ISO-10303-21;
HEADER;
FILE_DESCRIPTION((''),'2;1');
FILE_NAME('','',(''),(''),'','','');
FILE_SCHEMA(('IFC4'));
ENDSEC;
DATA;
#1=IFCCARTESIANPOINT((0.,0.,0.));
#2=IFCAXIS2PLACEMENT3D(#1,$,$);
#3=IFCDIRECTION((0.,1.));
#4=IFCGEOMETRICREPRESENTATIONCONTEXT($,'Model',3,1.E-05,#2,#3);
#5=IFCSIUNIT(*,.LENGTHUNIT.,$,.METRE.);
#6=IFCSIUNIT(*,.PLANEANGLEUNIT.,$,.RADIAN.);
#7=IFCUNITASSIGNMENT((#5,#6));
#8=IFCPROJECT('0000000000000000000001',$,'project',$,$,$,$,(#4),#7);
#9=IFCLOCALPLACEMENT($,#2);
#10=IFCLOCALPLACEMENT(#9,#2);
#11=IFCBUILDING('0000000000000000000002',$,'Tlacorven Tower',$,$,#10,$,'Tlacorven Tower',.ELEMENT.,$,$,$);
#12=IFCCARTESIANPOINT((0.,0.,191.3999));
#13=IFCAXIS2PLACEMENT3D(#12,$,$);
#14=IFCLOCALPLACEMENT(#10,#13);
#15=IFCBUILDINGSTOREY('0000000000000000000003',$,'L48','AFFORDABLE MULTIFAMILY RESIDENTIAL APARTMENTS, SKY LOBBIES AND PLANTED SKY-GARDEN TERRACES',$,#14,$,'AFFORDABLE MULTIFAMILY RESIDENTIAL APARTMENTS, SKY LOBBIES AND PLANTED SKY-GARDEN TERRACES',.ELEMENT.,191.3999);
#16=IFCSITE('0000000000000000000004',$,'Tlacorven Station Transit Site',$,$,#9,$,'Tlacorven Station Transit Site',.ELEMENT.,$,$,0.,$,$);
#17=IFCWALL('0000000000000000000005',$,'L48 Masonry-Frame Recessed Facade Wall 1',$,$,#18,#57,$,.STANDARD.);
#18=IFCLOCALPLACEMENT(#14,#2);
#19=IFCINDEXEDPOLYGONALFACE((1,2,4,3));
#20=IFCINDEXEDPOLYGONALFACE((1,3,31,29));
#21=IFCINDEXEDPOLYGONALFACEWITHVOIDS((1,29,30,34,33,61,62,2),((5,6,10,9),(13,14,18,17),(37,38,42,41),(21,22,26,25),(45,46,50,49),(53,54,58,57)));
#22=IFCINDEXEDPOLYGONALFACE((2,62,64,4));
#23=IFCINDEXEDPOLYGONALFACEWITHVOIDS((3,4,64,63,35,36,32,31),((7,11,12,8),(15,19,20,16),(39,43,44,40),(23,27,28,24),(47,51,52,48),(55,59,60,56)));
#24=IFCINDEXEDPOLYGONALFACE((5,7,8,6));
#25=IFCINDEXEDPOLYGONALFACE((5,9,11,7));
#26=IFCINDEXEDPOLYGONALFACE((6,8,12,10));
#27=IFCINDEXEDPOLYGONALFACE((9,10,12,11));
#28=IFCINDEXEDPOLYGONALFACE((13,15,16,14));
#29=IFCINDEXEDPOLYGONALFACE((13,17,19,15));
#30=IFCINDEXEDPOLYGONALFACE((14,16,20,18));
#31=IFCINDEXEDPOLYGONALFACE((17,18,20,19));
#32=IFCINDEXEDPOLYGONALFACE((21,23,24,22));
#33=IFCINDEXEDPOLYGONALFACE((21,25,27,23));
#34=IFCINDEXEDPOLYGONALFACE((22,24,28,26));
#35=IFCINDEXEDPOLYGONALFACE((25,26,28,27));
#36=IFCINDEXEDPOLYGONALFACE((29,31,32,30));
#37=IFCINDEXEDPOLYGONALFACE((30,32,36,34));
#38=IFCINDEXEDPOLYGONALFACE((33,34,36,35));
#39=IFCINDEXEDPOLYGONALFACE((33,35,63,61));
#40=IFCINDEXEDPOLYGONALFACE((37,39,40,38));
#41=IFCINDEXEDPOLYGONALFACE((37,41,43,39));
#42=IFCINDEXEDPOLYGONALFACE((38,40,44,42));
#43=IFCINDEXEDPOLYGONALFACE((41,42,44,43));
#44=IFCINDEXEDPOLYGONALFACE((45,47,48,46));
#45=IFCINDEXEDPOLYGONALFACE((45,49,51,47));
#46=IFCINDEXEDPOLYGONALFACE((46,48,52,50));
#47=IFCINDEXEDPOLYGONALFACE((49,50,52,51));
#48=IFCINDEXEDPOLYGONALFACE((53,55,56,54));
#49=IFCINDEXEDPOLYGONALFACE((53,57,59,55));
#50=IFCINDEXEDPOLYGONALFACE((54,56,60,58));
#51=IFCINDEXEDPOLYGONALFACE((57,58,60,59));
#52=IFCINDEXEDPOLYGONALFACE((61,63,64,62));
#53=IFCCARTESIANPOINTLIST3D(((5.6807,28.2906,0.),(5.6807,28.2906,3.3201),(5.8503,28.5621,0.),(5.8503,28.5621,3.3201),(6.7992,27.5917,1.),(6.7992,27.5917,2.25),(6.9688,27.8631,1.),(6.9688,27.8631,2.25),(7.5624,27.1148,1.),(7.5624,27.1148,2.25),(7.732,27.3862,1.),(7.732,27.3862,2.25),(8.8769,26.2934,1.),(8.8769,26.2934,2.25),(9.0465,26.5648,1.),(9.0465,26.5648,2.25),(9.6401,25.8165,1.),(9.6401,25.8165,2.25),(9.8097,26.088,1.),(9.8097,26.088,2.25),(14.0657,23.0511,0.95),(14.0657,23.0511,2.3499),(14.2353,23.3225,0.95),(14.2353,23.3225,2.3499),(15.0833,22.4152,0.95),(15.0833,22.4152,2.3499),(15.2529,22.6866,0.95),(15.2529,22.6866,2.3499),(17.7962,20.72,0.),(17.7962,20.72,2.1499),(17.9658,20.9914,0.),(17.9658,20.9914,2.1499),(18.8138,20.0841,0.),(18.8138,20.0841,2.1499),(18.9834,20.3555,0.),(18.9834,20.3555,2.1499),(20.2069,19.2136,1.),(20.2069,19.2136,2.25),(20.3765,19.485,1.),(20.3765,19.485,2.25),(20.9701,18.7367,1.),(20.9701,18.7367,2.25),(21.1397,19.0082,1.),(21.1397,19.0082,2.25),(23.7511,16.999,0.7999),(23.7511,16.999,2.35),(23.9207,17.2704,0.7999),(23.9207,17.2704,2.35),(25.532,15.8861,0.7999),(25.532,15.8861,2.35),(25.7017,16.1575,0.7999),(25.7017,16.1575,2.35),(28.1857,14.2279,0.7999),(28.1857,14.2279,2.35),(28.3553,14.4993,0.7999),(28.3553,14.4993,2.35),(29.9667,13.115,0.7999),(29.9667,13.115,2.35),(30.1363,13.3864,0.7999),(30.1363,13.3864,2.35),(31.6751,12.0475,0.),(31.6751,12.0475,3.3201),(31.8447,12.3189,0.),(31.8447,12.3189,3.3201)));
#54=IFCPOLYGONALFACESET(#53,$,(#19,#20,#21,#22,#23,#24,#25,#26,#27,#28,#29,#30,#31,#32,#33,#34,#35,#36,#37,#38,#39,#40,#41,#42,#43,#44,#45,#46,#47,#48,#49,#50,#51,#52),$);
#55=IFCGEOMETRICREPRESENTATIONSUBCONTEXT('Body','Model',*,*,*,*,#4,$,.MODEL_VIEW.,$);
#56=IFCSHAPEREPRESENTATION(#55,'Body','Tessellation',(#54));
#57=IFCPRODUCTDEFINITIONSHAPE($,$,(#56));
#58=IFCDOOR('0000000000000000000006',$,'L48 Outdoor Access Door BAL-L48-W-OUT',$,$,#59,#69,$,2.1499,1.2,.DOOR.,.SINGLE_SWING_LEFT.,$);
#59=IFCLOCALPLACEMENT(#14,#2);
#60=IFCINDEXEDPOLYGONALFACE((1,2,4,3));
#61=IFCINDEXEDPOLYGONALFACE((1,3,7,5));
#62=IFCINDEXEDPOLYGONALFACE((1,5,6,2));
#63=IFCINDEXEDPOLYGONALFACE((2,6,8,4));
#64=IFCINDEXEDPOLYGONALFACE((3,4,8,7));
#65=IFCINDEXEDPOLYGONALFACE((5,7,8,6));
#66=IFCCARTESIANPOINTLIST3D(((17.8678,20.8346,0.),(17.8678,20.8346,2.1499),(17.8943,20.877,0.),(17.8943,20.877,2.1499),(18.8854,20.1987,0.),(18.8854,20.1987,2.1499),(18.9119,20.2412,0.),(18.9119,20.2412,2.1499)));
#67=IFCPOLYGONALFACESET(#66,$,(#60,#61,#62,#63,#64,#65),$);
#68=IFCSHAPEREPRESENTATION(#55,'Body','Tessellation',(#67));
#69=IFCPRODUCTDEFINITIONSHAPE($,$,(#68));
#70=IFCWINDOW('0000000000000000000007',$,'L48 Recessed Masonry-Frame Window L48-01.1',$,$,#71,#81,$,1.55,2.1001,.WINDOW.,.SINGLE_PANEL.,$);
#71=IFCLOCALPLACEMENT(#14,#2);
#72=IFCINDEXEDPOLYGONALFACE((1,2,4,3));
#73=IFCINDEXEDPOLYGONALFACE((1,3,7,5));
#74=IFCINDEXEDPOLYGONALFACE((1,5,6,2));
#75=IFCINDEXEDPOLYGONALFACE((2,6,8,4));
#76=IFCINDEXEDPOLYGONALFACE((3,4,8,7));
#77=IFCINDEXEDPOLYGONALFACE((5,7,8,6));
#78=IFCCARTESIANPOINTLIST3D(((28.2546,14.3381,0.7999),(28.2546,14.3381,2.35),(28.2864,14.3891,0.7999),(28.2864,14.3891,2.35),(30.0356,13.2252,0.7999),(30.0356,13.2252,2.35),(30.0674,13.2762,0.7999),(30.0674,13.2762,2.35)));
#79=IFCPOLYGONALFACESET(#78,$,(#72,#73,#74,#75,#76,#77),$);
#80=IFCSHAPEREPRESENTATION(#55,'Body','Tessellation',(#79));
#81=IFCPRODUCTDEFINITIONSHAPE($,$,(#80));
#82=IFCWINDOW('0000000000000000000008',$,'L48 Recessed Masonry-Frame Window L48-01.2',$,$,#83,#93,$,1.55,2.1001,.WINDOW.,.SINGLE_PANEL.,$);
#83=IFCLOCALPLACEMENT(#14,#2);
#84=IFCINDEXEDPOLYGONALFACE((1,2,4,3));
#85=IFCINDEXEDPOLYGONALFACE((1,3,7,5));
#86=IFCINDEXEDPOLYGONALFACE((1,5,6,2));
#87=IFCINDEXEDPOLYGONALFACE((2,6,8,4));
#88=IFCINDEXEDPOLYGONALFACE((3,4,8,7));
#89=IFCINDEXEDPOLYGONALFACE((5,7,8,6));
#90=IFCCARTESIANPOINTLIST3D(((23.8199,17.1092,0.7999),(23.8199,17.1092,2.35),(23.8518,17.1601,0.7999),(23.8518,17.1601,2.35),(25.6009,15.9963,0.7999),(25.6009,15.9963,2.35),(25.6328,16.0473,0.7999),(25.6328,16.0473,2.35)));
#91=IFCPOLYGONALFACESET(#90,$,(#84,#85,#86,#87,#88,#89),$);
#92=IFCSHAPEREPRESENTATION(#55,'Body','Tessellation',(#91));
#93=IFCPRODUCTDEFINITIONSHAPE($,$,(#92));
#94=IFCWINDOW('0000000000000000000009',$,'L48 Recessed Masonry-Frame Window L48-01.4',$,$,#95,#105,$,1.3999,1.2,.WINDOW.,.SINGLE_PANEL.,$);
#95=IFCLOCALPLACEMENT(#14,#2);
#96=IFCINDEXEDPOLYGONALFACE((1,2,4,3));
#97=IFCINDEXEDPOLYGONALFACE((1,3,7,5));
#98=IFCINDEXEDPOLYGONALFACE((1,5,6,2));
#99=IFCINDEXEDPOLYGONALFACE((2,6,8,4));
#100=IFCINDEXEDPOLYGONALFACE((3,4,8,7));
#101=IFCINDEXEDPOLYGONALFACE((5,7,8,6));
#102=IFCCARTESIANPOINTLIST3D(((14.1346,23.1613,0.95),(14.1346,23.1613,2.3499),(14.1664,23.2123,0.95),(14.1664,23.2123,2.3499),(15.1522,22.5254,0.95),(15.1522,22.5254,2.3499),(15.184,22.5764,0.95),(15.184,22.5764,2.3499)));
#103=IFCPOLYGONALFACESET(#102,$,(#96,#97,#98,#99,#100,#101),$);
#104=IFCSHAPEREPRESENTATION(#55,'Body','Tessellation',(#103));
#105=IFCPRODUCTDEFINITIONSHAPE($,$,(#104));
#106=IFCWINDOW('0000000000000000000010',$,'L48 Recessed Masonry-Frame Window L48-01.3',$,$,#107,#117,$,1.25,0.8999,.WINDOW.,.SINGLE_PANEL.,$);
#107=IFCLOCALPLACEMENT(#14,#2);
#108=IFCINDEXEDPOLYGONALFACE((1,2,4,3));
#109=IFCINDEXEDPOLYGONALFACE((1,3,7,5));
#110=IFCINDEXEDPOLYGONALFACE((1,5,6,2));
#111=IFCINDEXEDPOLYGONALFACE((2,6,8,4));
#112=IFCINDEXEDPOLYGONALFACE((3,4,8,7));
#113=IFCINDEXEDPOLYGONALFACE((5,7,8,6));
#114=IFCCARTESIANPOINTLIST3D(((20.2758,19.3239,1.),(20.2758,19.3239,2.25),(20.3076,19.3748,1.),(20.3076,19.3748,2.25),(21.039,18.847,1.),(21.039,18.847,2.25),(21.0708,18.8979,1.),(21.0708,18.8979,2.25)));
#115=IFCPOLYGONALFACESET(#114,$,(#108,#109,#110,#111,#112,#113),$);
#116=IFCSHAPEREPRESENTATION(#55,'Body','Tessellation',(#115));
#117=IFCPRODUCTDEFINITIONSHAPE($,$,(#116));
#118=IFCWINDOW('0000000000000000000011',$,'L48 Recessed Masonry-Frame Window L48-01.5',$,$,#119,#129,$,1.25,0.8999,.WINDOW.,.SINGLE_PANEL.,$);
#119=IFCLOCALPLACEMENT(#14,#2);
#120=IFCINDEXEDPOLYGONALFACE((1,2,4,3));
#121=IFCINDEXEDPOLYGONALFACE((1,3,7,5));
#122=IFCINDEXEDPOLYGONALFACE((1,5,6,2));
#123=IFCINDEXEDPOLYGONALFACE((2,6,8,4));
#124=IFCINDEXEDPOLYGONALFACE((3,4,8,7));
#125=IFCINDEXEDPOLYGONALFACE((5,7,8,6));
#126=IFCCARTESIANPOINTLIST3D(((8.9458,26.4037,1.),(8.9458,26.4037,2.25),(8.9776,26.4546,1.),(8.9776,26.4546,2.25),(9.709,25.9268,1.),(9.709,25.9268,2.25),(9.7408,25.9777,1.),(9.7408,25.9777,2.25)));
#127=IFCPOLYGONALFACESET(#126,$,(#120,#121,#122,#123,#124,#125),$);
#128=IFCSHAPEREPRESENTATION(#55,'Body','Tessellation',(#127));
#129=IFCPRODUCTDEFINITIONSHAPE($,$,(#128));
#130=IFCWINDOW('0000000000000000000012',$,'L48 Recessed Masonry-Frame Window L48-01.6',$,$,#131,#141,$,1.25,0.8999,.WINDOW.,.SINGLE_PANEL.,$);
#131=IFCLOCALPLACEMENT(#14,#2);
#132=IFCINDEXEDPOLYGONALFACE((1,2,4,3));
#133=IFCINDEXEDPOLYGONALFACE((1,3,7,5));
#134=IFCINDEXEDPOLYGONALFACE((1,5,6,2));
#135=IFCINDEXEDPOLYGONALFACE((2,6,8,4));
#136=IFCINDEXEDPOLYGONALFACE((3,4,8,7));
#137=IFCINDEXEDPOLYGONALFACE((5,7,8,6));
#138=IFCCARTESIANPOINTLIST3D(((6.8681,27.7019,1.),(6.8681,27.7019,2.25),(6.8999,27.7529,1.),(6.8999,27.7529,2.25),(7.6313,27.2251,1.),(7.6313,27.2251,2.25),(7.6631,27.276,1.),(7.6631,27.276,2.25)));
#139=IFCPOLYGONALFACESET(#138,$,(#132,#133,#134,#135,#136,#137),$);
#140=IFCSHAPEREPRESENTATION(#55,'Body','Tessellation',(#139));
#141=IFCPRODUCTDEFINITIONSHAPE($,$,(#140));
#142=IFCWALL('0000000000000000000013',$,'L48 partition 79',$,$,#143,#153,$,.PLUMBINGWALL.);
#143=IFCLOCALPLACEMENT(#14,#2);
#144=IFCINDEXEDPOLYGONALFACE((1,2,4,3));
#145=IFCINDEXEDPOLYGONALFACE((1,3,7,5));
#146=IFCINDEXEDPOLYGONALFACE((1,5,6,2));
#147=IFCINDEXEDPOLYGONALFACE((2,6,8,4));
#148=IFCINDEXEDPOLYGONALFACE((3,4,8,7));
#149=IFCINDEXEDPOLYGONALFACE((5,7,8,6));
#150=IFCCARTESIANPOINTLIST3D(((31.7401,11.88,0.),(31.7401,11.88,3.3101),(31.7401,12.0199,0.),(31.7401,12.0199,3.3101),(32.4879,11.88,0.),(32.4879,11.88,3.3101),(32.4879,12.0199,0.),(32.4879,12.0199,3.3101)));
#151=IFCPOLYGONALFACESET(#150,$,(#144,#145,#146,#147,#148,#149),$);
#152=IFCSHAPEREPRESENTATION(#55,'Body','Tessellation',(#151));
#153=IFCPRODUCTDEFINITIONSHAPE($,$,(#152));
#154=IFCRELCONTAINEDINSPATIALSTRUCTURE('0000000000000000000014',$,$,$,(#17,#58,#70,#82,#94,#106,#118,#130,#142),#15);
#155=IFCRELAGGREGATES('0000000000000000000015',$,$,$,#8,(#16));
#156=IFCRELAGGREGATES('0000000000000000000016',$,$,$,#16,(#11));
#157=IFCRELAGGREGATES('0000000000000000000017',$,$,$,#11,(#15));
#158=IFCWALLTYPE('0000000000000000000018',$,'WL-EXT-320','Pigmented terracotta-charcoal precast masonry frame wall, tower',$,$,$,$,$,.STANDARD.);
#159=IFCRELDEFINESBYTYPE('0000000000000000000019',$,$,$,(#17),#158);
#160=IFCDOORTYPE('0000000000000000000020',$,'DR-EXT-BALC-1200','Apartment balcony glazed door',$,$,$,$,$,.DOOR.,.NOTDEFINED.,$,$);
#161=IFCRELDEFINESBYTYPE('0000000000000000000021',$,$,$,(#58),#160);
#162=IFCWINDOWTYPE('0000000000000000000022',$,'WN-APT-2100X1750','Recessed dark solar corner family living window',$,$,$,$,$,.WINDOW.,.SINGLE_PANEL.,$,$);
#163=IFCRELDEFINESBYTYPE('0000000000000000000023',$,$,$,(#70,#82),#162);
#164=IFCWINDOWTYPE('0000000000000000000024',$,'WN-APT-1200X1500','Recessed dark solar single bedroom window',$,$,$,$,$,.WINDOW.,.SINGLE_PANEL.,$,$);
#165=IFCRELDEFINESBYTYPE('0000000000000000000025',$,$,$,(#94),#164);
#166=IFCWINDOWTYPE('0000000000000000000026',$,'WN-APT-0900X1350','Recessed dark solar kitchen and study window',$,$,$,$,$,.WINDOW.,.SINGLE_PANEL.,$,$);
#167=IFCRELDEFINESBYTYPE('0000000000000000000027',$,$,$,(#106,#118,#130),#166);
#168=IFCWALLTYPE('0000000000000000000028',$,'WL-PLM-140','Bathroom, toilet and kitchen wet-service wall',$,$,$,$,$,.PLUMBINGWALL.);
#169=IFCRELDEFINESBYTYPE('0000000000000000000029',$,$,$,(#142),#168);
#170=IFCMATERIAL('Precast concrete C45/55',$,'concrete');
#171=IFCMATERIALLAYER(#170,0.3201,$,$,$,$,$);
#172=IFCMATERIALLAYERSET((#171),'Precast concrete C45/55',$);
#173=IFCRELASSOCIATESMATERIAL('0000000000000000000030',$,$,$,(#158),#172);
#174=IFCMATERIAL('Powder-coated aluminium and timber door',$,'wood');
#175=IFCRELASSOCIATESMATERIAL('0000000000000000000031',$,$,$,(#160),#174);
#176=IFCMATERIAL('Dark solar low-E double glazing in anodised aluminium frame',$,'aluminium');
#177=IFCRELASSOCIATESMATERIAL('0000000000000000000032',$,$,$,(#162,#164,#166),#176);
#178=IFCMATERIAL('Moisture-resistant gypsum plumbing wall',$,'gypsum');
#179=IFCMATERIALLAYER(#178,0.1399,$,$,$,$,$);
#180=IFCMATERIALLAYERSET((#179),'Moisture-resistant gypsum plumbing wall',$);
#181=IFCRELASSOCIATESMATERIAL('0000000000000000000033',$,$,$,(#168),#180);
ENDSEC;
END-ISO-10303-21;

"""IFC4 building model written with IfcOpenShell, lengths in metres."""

from ifc_helpers import new_model, si_unit, direction, frame, frame_2d, origin, place, context, subcontext, project, spatial, rectangle, extrude, source, transform, mapped, material, layer, layer_set, type_object, element, fill, save


model = new_model("IFC4")

# Units and contexts
model_context = context("Model", 3, precision=1e-05, world=origin(), true_north=direction((0.0, 1.0)))
body_context = subcontext(model_context, "Body", "Model", "MODEL_VIEW")
ifc_project = project(units=[si_unit("LENGTHUNIT", "METRE"), si_unit("PLANEANGLEUNIT", "RADIAN")], contexts=[model_context])

# Site, building, storey
site_placement = place(None, origin())
site = spatial("IfcSite", under=ifc_project, at=site_placement, Name="Tlacorven Station Transit Site", LongName="Tlacorven Station Transit Site", CompositionType="ELEMENT", RefElevation=0.0)
building_placement = place(site_placement, origin())
building = spatial("IfcBuilding", under=site, at=building_placement, Name="Tlacorven Tower", LongName="Tlacorven Tower", CompositionType="ELEMENT")
storey_placement = place(building_placement, frame((0.0, 0.0, 191.3999)))
storey = spatial("IfcBuildingStorey", under=building, at=storey_placement, Name="L48", Description="AFFORDABLE MULTIFAMILY RESIDENTIAL APARTMENTS, SKY LOBBIES AND PLANTED SKY-GARDEN TERRACES", LongName="AFFORDABLE MULTIFAMILY RESIDENTIAL APARTMENTS, SKY LOBBIES AND PLANTED SKY-GARDEN TERRACES", CompositionType="ELEMENT", Elevation=191.3999)

# Wall, openings, door, windows
ifc_material_1 = material(Name="Precast concrete C45/55", Category="concrete")
ifc_layer_1 = layer(ifc_material_1, 0.3201)
ifc_layer_set_1 = layer_set([ifc_layer_1], Name="Precast concrete C45/55")
wall_type_1 = type_object("IfcWallType", Name="WL-EXT-320", Description="Pigmented terracotta-charcoal precast masonry frame wall, tower", PredefinedType="STANDARD", material=ifc_layer_set_1)
wall_1_placement = place(storey_placement, frame((31.76, 12.1831, 0.0), z_axis=(0.0, 0.0, 1.0), x_axis=(-0.848047, 0.529921, 0.0)))
wall_1 = element("IfcWall", 1, at=wall_1_placement, inside=storey, type_object=wall_type_1, Name="L48 Masonry-Frame Recessed Facade Wall 1", PredefinedType="STANDARD", context=body_context, shape_type="SweptSolid", body=[
    extrude(rectangle(XDim=30.6521, YDim=0.3201, at=frame_2d((15.3262, 0.0))), origin(), (0.0, 0.0, 1.0), 3.3201),
])
opening_1_placement = place(wall_1_placement, frame((15.1658, 0.0, 0.0)))
opening_1 = element("IfcOpeningElement", 2, at=opening_1_placement, cuts=wall_1, PredefinedType="OPENING", context=body_context, shape_type="SweptSolid", body=[
    extrude(rectangle(XDim=1.2, YDim=2.1499, at=frame_2d((0.6001, 1.075))), frame((0.0, 0.1699, 0.0), z_axis=(0.0, -1.0, 0.0), x_axis=(1.0, 0.0, 0.0)), (0.0, 0.0, 1.0), 0.3401),
])
opening_2_placement = place(wall_1_placement, frame((2.0146, 0.0, 0.8)))
opening_2 = element("IfcOpeningElement", 3, at=opening_2_placement, cuts=wall_1, PredefinedType="OPENING", context=body_context, shape_type="SweptSolid", body=[
    extrude(rectangle(XDim=2.1001, YDim=1.55, at=frame_2d((1.05, 0.7749))), frame((0.0, 0.1699, 0.0), z_axis=(0.0, -1.0, 0.0), x_axis=(1.0, 0.0, 0.0)), (0.0, 0.0, 1.0), 0.3401),
])
opening_3_placement = place(wall_1_placement, frame((7.2439, 0.0, 0.8)))
opening_3 = element("IfcOpeningElement", 4, at=opening_3_placement, cuts=wall_1, PredefinedType="OPENING", context=body_context, shape_type="SweptSolid", body=[
    extrude(rectangle(XDim=2.1001, YDim=1.55, at=frame_2d((1.05, 0.7749))), frame((0.0, 0.1699, 0.0), z_axis=(0.0, -1.0, 0.0), x_axis=(1.0, 0.0, 0.0)), (0.0, 0.0, 1.0), 0.3401),
])
opening_4_placement = place(wall_1_placement, frame((12.6233, 0.0, 1.0)))
opening_4 = element("IfcOpeningElement", 5, at=opening_4_placement, cuts=wall_1, PredefinedType="OPENING", context=body_context, shape_type="SweptSolid", body=[
    extrude(rectangle(XDim=0.8999, YDim=1.25, at=frame_2d((0.45, 0.625))), frame((0.0, 0.1699, 0.0), z_axis=(0.0, -1.0, 0.0), x_axis=(1.0, 0.0, 0.0)), (0.0, 0.0, 1.0), 0.3401),
])
opening_5_placement = place(wall_1_placement, frame((19.5647, 0.0, 0.95)))
opening_5 = element("IfcOpeningElement", 6, at=opening_5_placement, cuts=wall_1, PredefinedType="OPENING", context=body_context, shape_type="SweptSolid", body=[
    extrude(rectangle(XDim=1.2, YDim=1.3999, at=frame_2d((0.6001, 0.7))), frame((0.0, 0.1699, 0.0), z_axis=(0.0, -1.0, 0.0), x_axis=(1.0, 0.0, 0.0)), (0.0, 0.0, 1.0), 0.3401),
])
opening_6_placement = place(wall_1_placement, frame((25.9834, 0.0, 1.0)))
opening_6 = element("IfcOpeningElement", 7, at=opening_6_placement, cuts=wall_1, PredefinedType="OPENING", context=body_context, shape_type="SweptSolid", body=[
    extrude(rectangle(XDim=0.8999, YDim=1.25, at=frame_2d((0.45, 0.625))), frame((0.0, 0.1699, 0.0), z_axis=(0.0, -1.0, 0.0), x_axis=(1.0, 0.0, 0.0)), (0.0, 0.0, 1.0), 0.3401),
])
opening_7_placement = place(wall_1_placement, frame((28.4333, 0.0, 1.0)))
opening_7 = element("IfcOpeningElement", 8, at=opening_7_placement, cuts=wall_1, PredefinedType="OPENING", context=body_context, shape_type="SweptSolid", body=[
    extrude(rectangle(XDim=0.8999, YDim=1.25, at=frame_2d((0.45, 0.625))), frame((0.0, 0.1699, 0.0), z_axis=(0.0, -1.0, 0.0), x_axis=(1.0, 0.0, 0.0)), (0.0, 0.0, 1.0), 0.3401),
])
ifc_material_2 = material(Name="Powder-coated aluminium and timber door", Category="wood")
door_type_1 = type_object("IfcDoorType", Name="DR-EXT-BALC-1200", Description="Apartment balcony glazed door", OperationType="NOTDEFINED", PredefinedType="DOOR", material=ifc_material_2)
shared_shape_1 = source(origin(), body_context, "Body", "SweptSolid", [
    extrude(rectangle(XDim=1.2, YDim=2.1499, at=frame_2d((0.6001, 1.075))), frame((0.0, 0.0249, 0.0), z_axis=(0.0, -1.0, 0.0), x_axis=(1.0, 0.0, 0.0)), (0.0, 0.0, 1.0), 0.05),
])
door_1_placement = place(opening_1_placement, origin())
door_1 = element("IfcDoor", 9, at=door_1_placement, inside=storey, type_object=door_type_1, Name="L48 Outdoor Access Door BAL-L48-W-OUT", OperationType="SINGLE_SWING_LEFT", OverallHeight=2.1499, OverallWidth=1.2, PredefinedType="DOOR", context=body_context, shape_type="MappedRepresentation", body=[
    mapped(shared_shape_1, transform((0.0, 0.0, 0.0), scale=1.0)),
])
fill(opening_1, door_1)
ifc_material_3 = material(Name="Dark solar low-E double glazing in anodised aluminium frame", Category="aluminium")
window_type_1 = type_object("IfcWindowType", Name="WN-APT-2100X1750", Description="Recessed dark solar corner family living window", PartitioningType="SINGLE_PANEL", PredefinedType="WINDOW", material=ifc_material_3)
shared_shape_2 = source(origin(), body_context, "Body", "SweptSolid", [
    extrude(rectangle(XDim=2.1001, YDim=1.55, at=frame_2d((1.05, 0.7749))), frame((0.0, 0.03, 0.0), z_axis=(0.0, -1.0, 0.0), x_axis=(1.0, 0.0, 0.0)), (0.0, 0.0, 1.0), 0.0601),
])
window_1_placement = place(opening_2_placement, origin())
window_1 = element("IfcWindow", 10, at=window_1_placement, inside=storey, type_object=window_type_1, Name="L48 Recessed Masonry-Frame Window L48-01.1", OverallHeight=1.55, OverallWidth=2.1001, PartitioningType="SINGLE_PANEL", PredefinedType="WINDOW", context=body_context, shape_type="MappedRepresentation", body=[
    mapped(shared_shape_2, transform((0.0, 0.0, 0.0), scale=1.0)),
])
fill(opening_2, window_1)
window_2_placement = place(opening_3_placement, origin())
window_2 = element("IfcWindow", 11, at=window_2_placement, inside=storey, type_object=window_type_1, Name="L48 Recessed Masonry-Frame Window L48-01.2", OverallHeight=1.55, OverallWidth=2.1001, PartitioningType="SINGLE_PANEL", PredefinedType="WINDOW", context=body_context, shape_type="MappedRepresentation", body=[
    mapped(shared_shape_2, transform((0.0, 0.0, 0.0), scale=1.0)),
])
fill(opening_3, window_2)
window_type_2 = type_object("IfcWindowType", Name="WN-APT-1200X1500", Description="Recessed dark solar single bedroom window", PartitioningType="SINGLE_PANEL", PredefinedType="WINDOW", material=ifc_material_3)
shared_shape_3 = source(origin(), body_context, "Body", "SweptSolid", [
    extrude(rectangle(XDim=1.2, YDim=1.3999, at=frame_2d((0.6001, 0.7))), frame((0.0, 0.03, 0.0), z_axis=(0.0, -1.0, 0.0), x_axis=(1.0, 0.0, 0.0)), (0.0, 0.0, 1.0), 0.0601),
])
window_3_placement = place(opening_5_placement, origin())
window_3 = element("IfcWindow", 12, at=window_3_placement, inside=storey, type_object=window_type_2, Name="L48 Recessed Masonry-Frame Window L48-01.4", OverallHeight=1.3999, OverallWidth=1.2, PartitioningType="SINGLE_PANEL", PredefinedType="WINDOW", context=body_context, shape_type="MappedRepresentation", body=[
    mapped(shared_shape_3, transform((0.0, 0.0, 0.0), scale=1.0)),
])
fill(opening_5, window_3)
window_type_3 = type_object("IfcWindowType", Name="WN-APT-0900X1350", Description="Recessed dark solar kitchen and study window", PartitioningType="SINGLE_PANEL", PredefinedType="WINDOW", material=ifc_material_3)
shared_shape_4 = source(origin(), body_context, "Body", "SweptSolid", [
    extrude(rectangle(XDim=0.8999, YDim=1.25, at=frame_2d((0.45, 0.625))), frame((0.0, 0.03, 0.0), z_axis=(0.0, -1.0, 0.0), x_axis=(1.0, 0.0, 0.0)), (0.0, 0.0, 1.0), 0.0601),
])
window_4_placement = place(opening_4_placement, origin())
window_4 = element("IfcWindow", 13, at=window_4_placement, inside=storey, type_object=window_type_3, Name="L48 Recessed Masonry-Frame Window L48-01.3", OverallHeight=1.25, OverallWidth=0.8999, PartitioningType="SINGLE_PANEL", PredefinedType="WINDOW", context=body_context, shape_type="MappedRepresentation", body=[
    mapped(shared_shape_4, transform((0.0, 0.0, 0.0), scale=1.0)),
])
fill(opening_4, window_4)
window_5_placement = place(opening_6_placement, origin())
window_5 = element("IfcWindow", 14, at=window_5_placement, inside=storey, type_object=window_type_3, Name="L48 Recessed Masonry-Frame Window L48-01.5", OverallHeight=1.25, OverallWidth=0.8999, PartitioningType="SINGLE_PANEL", PredefinedType="WINDOW", context=body_context, shape_type="MappedRepresentation", body=[
    mapped(shared_shape_4, transform((0.0, 0.0, 0.0), scale=1.0)),
])
fill(opening_6, window_5)
window_6_placement = place(opening_7_placement, origin())
window_6 = element("IfcWindow", 15, at=window_6_placement, inside=storey, type_object=window_type_3, Name="L48 Recessed Masonry-Frame Window L48-01.6", OverallHeight=1.25, OverallWidth=0.8999, PartitioningType="SINGLE_PANEL", PredefinedType="WINDOW", context=body_context, shape_type="MappedRepresentation", body=[
    mapped(shared_shape_4, transform((0.0, 0.0, 0.0), scale=1.0)),
])
fill(opening_7, window_6)

# Wall
ifc_material_4 = material(Name="Moisture-resistant gypsum plumbing wall", Category="gypsum")
ifc_layer_2 = layer(ifc_material_4, 0.1399)
ifc_layer_set_2 = layer_set([ifc_layer_2], Name="Moisture-resistant gypsum plumbing wall")
wall_type_2 = type_object("IfcWallType", Name="WL-PLM-140", Description="Bathroom, toilet and kitchen wet-service wall", PredefinedType="PLUMBINGWALL", material=ifc_layer_set_2)
wall_2_placement = place(storey_placement, frame((31.74, 11.95, 0.0), z_axis=(0.0, 0.0, 1.0), x_axis=(1.0, 0.0, 0.0)))
element("IfcWall", 16, at=wall_2_placement, inside=storey, type_object=wall_type_2, Name="L48 partition 79", PredefinedType="PLUMBINGWALL", context=body_context, shape_type="SweptSolid", body=[
    extrude(rectangle(XDim=0.7478, YDim=0.1399, at=frame_2d((0.374, 0.0))), origin(), (0.0, 0.0, 1.0), 3.3101),
])

save(model, "model.ifc")
